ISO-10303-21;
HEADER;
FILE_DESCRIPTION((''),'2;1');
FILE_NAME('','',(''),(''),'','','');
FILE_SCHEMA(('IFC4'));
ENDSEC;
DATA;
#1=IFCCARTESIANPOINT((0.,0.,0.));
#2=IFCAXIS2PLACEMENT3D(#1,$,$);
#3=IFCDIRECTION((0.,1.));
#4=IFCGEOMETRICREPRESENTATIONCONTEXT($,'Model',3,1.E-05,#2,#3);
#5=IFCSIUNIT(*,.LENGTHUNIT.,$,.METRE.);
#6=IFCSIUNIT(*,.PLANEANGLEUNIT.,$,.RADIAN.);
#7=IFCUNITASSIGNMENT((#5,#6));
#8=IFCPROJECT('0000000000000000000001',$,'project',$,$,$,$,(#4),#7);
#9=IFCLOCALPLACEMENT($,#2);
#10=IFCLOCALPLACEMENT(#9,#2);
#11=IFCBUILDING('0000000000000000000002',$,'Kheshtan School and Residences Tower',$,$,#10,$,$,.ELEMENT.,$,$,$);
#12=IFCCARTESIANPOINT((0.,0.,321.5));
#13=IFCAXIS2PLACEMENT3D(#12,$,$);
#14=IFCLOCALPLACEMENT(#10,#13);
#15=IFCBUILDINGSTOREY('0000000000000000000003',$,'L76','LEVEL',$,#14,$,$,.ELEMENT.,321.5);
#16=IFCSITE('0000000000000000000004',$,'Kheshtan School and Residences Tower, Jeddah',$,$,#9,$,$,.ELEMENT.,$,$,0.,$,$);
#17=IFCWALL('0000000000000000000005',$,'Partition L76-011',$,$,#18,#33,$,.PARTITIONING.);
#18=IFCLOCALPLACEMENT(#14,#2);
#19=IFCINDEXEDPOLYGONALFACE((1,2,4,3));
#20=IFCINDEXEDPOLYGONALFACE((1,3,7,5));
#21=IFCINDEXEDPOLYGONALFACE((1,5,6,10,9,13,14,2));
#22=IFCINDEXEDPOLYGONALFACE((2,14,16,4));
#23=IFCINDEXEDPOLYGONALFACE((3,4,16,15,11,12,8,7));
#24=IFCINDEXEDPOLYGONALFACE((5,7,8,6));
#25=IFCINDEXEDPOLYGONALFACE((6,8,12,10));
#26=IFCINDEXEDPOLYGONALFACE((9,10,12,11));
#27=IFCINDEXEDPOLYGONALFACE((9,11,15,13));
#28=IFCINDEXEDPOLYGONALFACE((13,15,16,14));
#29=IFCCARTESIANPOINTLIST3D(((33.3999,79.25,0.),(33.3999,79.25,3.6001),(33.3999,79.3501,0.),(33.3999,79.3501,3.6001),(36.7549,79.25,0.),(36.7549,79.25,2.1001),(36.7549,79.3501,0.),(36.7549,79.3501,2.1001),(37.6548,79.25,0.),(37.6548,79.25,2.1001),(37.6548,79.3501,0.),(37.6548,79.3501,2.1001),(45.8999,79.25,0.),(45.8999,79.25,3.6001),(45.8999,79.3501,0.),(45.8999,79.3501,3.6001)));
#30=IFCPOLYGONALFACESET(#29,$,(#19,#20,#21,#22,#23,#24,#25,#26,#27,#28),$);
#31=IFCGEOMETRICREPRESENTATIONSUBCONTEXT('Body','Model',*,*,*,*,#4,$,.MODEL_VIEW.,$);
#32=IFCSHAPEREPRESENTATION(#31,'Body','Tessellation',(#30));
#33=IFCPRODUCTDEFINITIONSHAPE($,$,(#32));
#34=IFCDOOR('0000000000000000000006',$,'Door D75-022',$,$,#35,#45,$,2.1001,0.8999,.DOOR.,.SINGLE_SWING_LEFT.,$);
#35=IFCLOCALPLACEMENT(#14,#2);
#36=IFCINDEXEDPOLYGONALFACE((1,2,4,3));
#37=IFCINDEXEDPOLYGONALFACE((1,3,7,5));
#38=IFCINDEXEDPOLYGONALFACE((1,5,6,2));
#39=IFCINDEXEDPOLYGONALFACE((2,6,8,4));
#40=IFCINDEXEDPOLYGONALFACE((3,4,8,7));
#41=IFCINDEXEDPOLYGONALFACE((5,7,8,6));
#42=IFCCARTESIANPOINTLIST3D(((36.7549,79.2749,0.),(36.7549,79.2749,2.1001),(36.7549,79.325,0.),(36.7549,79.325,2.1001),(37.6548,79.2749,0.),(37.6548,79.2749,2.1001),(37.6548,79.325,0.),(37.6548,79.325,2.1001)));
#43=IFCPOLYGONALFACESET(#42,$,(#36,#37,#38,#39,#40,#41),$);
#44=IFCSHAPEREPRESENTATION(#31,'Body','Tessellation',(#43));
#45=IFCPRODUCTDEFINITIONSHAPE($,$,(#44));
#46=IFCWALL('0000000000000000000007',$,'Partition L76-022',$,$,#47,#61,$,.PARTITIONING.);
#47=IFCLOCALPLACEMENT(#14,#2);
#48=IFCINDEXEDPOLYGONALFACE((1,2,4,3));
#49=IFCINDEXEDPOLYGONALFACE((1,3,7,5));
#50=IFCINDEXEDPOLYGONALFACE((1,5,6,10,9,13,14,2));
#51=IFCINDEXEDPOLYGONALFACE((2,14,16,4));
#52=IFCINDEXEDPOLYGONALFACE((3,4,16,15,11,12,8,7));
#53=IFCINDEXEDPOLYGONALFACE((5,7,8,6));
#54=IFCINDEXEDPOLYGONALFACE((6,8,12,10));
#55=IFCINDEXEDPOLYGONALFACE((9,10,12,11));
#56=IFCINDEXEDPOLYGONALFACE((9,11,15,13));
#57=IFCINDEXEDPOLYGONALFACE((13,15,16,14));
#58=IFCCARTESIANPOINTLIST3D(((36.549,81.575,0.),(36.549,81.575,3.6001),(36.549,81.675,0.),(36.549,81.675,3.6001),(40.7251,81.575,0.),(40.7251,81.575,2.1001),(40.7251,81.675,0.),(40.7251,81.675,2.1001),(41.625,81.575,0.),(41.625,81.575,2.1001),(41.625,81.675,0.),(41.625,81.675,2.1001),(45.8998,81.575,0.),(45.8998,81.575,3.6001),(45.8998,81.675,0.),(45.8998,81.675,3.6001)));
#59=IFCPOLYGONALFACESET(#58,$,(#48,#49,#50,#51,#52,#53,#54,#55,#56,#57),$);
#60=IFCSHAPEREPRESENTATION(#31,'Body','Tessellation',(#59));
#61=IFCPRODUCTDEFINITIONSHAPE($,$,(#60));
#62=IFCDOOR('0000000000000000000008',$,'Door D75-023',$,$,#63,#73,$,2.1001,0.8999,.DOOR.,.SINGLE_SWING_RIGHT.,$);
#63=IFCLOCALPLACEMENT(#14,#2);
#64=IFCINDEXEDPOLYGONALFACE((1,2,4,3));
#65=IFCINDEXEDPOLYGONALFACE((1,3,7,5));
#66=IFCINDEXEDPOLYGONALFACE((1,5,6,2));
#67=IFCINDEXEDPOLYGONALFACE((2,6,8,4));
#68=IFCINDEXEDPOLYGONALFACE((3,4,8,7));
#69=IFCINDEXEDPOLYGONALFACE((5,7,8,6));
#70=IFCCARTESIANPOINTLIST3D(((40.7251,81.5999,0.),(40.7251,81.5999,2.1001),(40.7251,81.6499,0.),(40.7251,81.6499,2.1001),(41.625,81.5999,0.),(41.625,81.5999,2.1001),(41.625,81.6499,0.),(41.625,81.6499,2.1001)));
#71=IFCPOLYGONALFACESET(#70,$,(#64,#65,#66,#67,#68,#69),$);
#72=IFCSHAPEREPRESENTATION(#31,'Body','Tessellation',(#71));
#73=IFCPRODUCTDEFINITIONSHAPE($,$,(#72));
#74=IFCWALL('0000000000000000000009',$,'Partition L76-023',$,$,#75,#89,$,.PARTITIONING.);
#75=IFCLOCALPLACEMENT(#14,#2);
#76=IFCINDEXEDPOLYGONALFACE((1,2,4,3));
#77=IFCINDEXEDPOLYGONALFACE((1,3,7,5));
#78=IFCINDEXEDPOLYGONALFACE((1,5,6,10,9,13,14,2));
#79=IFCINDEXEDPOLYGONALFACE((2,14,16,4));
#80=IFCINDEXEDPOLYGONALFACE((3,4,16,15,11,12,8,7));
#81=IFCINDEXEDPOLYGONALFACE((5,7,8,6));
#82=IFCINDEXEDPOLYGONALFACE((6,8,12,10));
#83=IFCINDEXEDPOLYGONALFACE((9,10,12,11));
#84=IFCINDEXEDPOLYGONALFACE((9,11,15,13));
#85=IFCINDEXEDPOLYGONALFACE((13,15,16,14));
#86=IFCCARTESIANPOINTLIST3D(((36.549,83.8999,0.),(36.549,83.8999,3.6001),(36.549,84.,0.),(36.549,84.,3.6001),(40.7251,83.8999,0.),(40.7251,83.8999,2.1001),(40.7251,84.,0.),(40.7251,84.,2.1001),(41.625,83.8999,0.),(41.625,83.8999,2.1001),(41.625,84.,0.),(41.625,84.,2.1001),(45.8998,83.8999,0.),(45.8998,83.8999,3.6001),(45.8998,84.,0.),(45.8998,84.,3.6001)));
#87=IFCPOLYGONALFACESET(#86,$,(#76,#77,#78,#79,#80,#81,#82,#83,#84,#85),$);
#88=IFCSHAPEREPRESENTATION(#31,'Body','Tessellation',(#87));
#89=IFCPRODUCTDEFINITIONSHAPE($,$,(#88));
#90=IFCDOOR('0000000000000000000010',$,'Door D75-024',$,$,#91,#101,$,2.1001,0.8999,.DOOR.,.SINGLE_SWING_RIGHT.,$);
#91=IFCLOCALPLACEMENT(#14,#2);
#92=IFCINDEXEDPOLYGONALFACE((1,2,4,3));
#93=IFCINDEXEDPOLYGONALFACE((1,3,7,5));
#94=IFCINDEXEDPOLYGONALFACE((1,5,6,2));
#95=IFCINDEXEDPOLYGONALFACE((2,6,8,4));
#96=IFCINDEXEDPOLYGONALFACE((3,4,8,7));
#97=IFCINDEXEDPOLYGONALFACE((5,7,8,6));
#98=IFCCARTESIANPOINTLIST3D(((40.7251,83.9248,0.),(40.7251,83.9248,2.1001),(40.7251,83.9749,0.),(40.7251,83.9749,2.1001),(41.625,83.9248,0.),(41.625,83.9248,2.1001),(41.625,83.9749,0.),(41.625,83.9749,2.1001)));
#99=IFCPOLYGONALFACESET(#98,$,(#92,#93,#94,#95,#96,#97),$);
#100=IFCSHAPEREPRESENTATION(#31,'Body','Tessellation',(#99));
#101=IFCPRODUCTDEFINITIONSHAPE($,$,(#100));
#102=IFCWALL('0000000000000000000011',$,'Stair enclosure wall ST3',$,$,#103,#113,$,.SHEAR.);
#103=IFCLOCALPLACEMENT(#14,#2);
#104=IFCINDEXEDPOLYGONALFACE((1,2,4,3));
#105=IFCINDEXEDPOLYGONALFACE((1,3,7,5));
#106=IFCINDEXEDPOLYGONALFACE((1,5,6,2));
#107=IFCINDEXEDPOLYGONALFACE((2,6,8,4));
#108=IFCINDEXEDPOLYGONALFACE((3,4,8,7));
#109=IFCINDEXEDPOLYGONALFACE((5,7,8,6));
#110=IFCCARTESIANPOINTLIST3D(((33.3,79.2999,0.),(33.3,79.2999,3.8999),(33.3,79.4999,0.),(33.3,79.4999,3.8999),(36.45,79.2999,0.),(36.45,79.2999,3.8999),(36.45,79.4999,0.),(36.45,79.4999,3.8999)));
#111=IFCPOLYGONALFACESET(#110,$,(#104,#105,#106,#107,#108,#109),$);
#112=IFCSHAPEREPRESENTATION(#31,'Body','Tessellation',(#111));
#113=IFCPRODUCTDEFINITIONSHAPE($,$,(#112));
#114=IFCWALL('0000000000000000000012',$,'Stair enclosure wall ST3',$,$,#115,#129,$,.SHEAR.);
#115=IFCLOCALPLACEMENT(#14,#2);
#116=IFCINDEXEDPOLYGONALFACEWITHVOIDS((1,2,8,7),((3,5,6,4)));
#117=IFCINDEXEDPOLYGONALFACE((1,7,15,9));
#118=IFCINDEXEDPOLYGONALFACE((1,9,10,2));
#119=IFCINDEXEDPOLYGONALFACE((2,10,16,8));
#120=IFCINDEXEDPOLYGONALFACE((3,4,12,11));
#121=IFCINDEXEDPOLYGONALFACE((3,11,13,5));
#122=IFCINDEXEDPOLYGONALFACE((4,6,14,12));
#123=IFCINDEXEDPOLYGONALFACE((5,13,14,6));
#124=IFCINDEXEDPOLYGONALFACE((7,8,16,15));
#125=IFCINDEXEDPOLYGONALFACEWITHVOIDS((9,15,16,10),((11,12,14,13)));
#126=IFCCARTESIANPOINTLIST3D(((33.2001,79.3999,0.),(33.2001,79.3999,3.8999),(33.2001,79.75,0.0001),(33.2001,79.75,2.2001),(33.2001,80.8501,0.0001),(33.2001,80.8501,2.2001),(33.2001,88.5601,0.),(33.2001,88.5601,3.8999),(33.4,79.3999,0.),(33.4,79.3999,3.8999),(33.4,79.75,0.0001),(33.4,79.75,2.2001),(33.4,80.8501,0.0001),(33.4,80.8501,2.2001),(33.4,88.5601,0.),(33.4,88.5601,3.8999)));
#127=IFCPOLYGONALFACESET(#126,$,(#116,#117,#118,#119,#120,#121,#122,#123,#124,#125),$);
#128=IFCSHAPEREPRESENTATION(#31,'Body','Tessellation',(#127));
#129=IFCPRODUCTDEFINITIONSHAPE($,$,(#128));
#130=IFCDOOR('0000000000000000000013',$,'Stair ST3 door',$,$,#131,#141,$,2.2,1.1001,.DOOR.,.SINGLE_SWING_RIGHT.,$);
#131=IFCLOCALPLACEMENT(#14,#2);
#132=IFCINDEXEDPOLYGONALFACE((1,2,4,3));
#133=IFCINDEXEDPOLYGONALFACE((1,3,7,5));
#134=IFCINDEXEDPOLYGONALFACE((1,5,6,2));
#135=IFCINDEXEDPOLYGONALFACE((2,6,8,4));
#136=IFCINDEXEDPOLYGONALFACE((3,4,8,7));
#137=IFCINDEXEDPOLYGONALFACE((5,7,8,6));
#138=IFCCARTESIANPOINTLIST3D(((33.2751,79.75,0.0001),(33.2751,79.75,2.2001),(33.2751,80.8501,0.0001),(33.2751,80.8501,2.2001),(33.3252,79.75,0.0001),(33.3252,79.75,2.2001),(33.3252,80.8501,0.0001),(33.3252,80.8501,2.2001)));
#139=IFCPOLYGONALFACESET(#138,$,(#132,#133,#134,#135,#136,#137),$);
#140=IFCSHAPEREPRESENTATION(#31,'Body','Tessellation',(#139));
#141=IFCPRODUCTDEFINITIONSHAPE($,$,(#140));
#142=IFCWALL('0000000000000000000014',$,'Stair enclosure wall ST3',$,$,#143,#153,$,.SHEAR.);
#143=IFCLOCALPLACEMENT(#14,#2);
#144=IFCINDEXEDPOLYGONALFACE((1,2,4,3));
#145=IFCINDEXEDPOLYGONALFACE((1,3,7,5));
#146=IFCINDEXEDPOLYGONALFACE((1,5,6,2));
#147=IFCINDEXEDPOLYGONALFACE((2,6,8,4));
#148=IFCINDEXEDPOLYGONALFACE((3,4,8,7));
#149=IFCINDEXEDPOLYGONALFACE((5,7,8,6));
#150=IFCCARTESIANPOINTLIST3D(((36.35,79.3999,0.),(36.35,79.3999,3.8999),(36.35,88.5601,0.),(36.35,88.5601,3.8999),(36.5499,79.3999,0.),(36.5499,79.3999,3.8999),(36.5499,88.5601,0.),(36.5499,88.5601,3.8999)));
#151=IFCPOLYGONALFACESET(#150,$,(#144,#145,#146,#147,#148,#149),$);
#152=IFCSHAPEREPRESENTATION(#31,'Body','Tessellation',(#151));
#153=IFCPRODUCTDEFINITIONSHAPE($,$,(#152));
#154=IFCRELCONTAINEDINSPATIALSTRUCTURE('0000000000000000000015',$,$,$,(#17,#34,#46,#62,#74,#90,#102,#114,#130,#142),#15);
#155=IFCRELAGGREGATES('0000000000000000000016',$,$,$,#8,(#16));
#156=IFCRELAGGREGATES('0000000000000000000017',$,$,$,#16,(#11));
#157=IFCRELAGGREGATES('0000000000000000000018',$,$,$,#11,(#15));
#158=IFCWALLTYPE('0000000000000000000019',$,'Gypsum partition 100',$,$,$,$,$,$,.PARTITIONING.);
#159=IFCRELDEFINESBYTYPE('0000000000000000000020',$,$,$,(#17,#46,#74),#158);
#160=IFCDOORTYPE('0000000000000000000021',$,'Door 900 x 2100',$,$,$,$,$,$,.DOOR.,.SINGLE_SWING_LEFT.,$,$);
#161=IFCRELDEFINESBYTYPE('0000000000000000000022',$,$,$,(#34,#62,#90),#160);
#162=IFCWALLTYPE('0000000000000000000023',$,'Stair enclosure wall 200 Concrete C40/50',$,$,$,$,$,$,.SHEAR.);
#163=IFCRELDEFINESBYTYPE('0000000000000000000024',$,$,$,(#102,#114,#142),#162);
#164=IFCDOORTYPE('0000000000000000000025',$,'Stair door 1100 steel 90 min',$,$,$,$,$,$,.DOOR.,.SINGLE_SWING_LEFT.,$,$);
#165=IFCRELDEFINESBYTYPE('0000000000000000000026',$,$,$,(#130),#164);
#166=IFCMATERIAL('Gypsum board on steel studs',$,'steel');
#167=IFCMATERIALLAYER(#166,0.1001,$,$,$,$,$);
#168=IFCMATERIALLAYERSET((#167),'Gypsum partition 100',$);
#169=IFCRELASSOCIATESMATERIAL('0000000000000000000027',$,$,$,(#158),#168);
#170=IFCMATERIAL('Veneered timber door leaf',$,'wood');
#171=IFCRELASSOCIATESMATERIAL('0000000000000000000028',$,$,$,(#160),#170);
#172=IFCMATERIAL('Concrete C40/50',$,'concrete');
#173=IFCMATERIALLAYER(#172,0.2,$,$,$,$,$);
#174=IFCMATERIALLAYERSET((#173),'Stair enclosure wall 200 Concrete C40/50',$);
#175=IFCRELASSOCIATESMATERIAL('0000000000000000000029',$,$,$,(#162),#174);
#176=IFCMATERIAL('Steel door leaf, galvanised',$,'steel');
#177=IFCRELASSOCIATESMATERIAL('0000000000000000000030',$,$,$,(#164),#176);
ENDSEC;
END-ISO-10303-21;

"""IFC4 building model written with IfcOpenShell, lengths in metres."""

from ifc_helpers import new_model, si_unit, direction, frame, frame_2d, origin, place, context, subcontext, project, spatial, rectangle, extrude, source, transform, mapped, material, layer, layer_set, type_object, element, fill, save


model = new_model("IFC4")

# Units and contexts
model_context = context("Model", 3, precision=1e-05, world=origin(), true_north=direction((0.0, 1.0)))
body_context = subcontext(model_context, "Body", "Model", "MODEL_VIEW")
ifc_project = project(units=[si_unit("LENGTHUNIT", "METRE"), si_unit("PLANEANGLEUNIT", "RADIAN")], contexts=[model_context])

# Site, building, storey
site_placement = place(None, origin())
site = spatial("IfcSite", under=ifc_project, at=site_placement, Name="Kheshtan School and Residences Tower, Jeddah", CompositionType="ELEMENT", RefElevation=0.0)
building_placement = place(site_placement, origin())
building = spatial("IfcBuilding", under=site, at=building_placement, Name="Kheshtan School and Residences Tower", CompositionType="ELEMENT")
storey_placement = place(building_placement, frame((0.0, 0.0, 321.5)))
storey = spatial("IfcBuildingStorey", under=building, at=storey_placement, Name="L76", Description="LEVEL", CompositionType="ELEMENT", Elevation=321.5)

# Walls, openings, doors
ifc_material_1 = material(Name="Gypsum board on steel studs", Category="steel")
ifc_layer_1 = layer(ifc_material_1, 0.1001)
ifc_layer_set_1 = layer_set([ifc_layer_1], Name="Gypsum partition 100")
wall_type_1 = type_object("IfcWallType", Name="Gypsum partition 100", PredefinedType="PARTITIONING", material=ifc_layer_set_1)
wall_1_placement = place(storey_placement, frame((33.3999, 79.3, 0.0), z_axis=(0.0, 0.0, 1.0), x_axis=(1.0, 0.0, 0.0)))
wall_1 = element("IfcWall", 1, at=wall_1_placement, inside=storey, type_object=wall_type_1, Name="Partition L76-011", PredefinedType="PARTITIONING", context=body_context, shape_type="SweptSolid", body=[
    extrude(rectangle(XDim=12.5, YDim=0.1001, at=frame_2d((6.25, 0.0))), origin(), (0.0, 0.0, 1.0), 3.6001),
])
opening_1_placement = place(wall_1_placement, frame((3.355, 0.0, 0.0)))
opening_1 = element("IfcOpeningElement", 2, at=opening_1_placement, cuts=wall_1, PredefinedType="OPENING", context=body_context, shape_type="SweptSolid", body=[
    extrude(rectangle(XDim=0.8999, YDim=2.1001, at=frame_2d((0.45, 1.05))), frame((0.0, 0.0601, 0.0), z_axis=(0.0, -1.0, 0.0), x_axis=(1.0, 0.0, 0.0)), (0.0, 0.0, 1.0), 0.1201),
])
ifc_material_2 = material(Name="Veneered timber door leaf", Category="wood")
door_type_1 = type_object("IfcDoorType", Name="Door 900 x 2100", OperationType="SINGLE_SWING_LEFT", PredefinedType="DOOR", material=ifc_material_2)
shared_shape_1 = source(origin(), body_context, "Body", "SweptSolid", [
    extrude(rectangle(XDim=0.8999, YDim=2.1001, at=frame_2d((0.45, 1.05))), frame((0.0, 0.0249, 0.0), z_axis=(0.0, -1.0, 0.0), x_axis=(1.0, 0.0, 0.0)), (0.0, 0.0, 1.0), 0.05),
])
door_1_placement = place(opening_1_placement, origin())
door_1 = element("IfcDoor", 3, at=door_1_placement, inside=storey, type_object=door_type_1, Name="Door D75-022", OperationType="SINGLE_SWING_LEFT", OverallHeight=2.1001, OverallWidth=0.8999, PredefinedType="DOOR", context=body_context, shape_type="MappedRepresentation", body=[
    mapped(shared_shape_1, transform((0.0, 0.0, 0.0), x_axis=(1.0, 0.0, 0.0), y_axis=(0.0, 1.0, 0.0), z_axis=(0.0, 0.0, 1.0), scale=1.0)),
])
fill(opening_1, door_1)
wall_2_placement = place(storey_placement, frame((36.5491, 81.625, 0.0), z_axis=(0.0, 0.0, 1.0), x_axis=(1.0, 0.0, 0.0)))
wall_2 = element("IfcWall", 4, at=wall_2_placement, inside=storey, type_object=wall_type_1, Name="Partition L76-022", PredefinedType="PARTITIONING", context=body_context, shape_type="SweptSolid", body=[
    extrude(rectangle(XDim=9.3508, YDim=0.1001, at=frame_2d((4.6753, 0.0))), origin(), (0.0, 0.0, 1.0), 3.6001),
])
opening_2_placement = place(wall_2_placement, frame((4.176, 0.0, 0.0)))
opening_2 = element("IfcOpeningElement", 5, at=opening_2_placement, cuts=wall_2, PredefinedType="OPENING", context=body_context, shape_type="SweptSolid", body=[
    extrude(rectangle(XDim=0.8999, YDim=2.1001, at=frame_2d((0.45, 1.05))), frame((0.0, 0.0601, 0.0), z_axis=(0.0, -1.0, 0.0), x_axis=(1.0, 0.0, 0.0)), (0.0, 0.0, 1.0), 0.1201),
])
door_2_placement = place(opening_2_placement, origin())
door_2 = element("IfcDoor", 6, at=door_2_placement, inside=storey, type_object=door_type_1, Name="Door D75-023", OperationType="SINGLE_SWING_RIGHT", OverallHeight=2.1001, OverallWidth=0.8999, PredefinedType="DOOR", context=body_context, shape_type="MappedRepresentation", body=[
    mapped(shared_shape_1, transform((0.0, 0.0, 0.0), x_axis=(1.0, 0.0, 0.0), y_axis=(0.0, 1.0, 0.0), z_axis=(0.0, 0.0, 1.0), scale=1.0)),
])
fill(opening_2, door_2)
wall_3_placement = place(storey_placement, frame((36.5491, 83.95, 0.0), z_axis=(0.0, 0.0, 1.0), x_axis=(1.0, 0.0, 0.0)))
wall_3 = element("IfcWall", 7, at=wall_3_placement, inside=storey, type_object=wall_type_1, Name="Partition L76-023", PredefinedType="PARTITIONING", context=body_context, shape_type="SweptSolid", body=[
    extrude(rectangle(XDim=9.3508, YDim=0.1001, at=frame_2d((4.6753, 0.0))), origin(), (0.0, 0.0, 1.0), 3.6001),
])
opening_3_placement = place(wall_3_placement, frame((4.176, 0.0, 0.0)))
opening_3 = element("IfcOpeningElement", 8, at=opening_3_placement, cuts=wall_3, PredefinedType="OPENING", context=body_context, shape_type="SweptSolid", body=[
    extrude(rectangle(XDim=0.8999, YDim=2.1001, at=frame_2d((0.45, 1.05))), frame((0.0, 0.0601, 0.0), z_axis=(0.0, -1.0, 0.0), x_axis=(1.0, 0.0, 0.0)), (0.0, 0.0, 1.0), 0.1201),
])
door_3_placement = place(opening_3_placement, origin())
door_3 = element("IfcDoor", 9, at=door_3_placement, inside=storey, type_object=door_type_1, Name="Door D75-024", OperationType="SINGLE_SWING_RIGHT", OverallHeight=2.1001, OverallWidth=0.8999, PredefinedType="DOOR", context=body_context, shape_type="MappedRepresentation", body=[
    mapped(shared_shape_1, transform((0.0, 0.0, 0.0), x_axis=(1.0, 0.0, 0.0), y_axis=(0.0, 1.0, 0.0), z_axis=(0.0, 0.0, 1.0), scale=1.0)),
])
fill(opening_3, door_3)

# Wall
ifc_material_3 = material(Name="Concrete C40/50", Category="concrete")
ifc_layer_2 = layer(ifc_material_3, 0.2)
ifc_layer_set_2 = layer_set([ifc_layer_2], Name="Stair enclosure wall 200 Concrete C40/50")
wall_type_2 = type_object("IfcWallType", Name="Stair enclosure wall 200 Concrete C40/50", PredefinedType="SHEAR", material=ifc_layer_set_2)
wall_4_placement = place(storey_placement, frame((33.3, 79.3999, 0.0), z_axis=(0.0, 0.0, 1.0), x_axis=(1.0, 0.0, 0.0)))
element("IfcWall", 10, at=wall_4_placement, inside=storey, type_object=wall_type_2, Name="Stair enclosure wall ST3", PredefinedType="SHEAR", context=body_context, shape_type="SweptSolid", body=[
    extrude(rectangle(XDim=3.1499, YDim=0.2, at=frame_2d((1.575, 0.0))), origin(), (0.0, 0.0, 1.0), 3.8999),
])

# Wall, opening, door
wall_5_placement = place(storey_placement, frame((33.3, 79.3999, 0.0), z_axis=(0.0, 0.0, 1.0), x_axis=(0.0, 1.0, 0.0)))
wall_5 = element("IfcWall", 11, at=wall_5_placement, inside=storey, type_object=wall_type_2, Name="Stair enclosure wall ST3", PredefinedType="SHEAR", context=body_context, shape_type="SweptSolid", body=[
    extrude(rectangle(XDim=9.1602, YDim=0.2, at=frame_2d((4.5801, 0.0))), origin(), (0.0, 0.0, 1.0), 3.8999),
])
opening_4_placement = place(wall_5_placement, frame((0.3501, 0.0, 0.0)))
opening_4 = element("IfcOpeningElement", 12, at=opening_4_placement, cuts=wall_5, PredefinedType="OPENING", context=body_context, shape_type="SweptSolid", body=[
    extrude(rectangle(XDim=1.1001, YDim=2.2, at=frame_2d((0.55, 1.1001))), frame((0.0, 0.1099, 0.0), z_axis=(0.0, -1.0, 0.0), x_axis=(1.0, 0.0, 0.0)), (0.0, 0.0, 1.0), 0.22),
])
ifc_material_4 = material(Name="Steel door leaf, galvanised", Category="steel")
door_type_2 = type_object("IfcDoorType", Name="Stair door 1100 steel 90 min", OperationType="SINGLE_SWING_LEFT", PredefinedType="DOOR", material=ifc_material_4)
shared_shape_2 = source(origin(), body_context, "Body", "SweptSolid", [
    extrude(rectangle(XDim=1.1001, YDim=2.2, at=frame_2d((0.55, 1.1001))), frame((0.0, 0.0249, 0.0), z_axis=(0.0, -1.0, 0.0), x_axis=(1.0, 0.0, 0.0)), (0.0, 0.0, 1.0), 0.05),
])
door_4_placement = place(opening_4_placement, origin())
door_4 = element("IfcDoor", 13, at=door_4_placement, inside=storey, type_object=door_type_2, Name="Stair ST3 door", OperationType="SINGLE_SWING_RIGHT", OverallHeight=2.2, OverallWidth=1.1001, PredefinedType="DOOR", context=body_context, shape_type="MappedRepresentation", body=[
    mapped(shared_shape_2, transform((0.0, 0.0, 0.0), x_axis=(1.0, 0.0, 0.0), y_axis=(0.0, 1.0, 0.0), z_axis=(0.0, 0.0, 1.0), scale=1.0)),
])
fill(opening_4, door_4)

# Wall
wall_6_placement = place(storey_placement, frame((36.45, 79.3999, 0.0), z_axis=(0.0, 0.0, 1.0), x_axis=(0.0, 1.0, 0.0)))
element("IfcWall", 14, at=wall_6_placement, inside=storey, type_object=wall_type_2, Name="Stair enclosure wall ST3", PredefinedType="SHEAR", context=body_context, shape_type="SweptSolid", body=[
    extrude(rectangle(XDim=9.1602, YDim=0.2, at=frame_2d((4.5801, 0.0))), origin(), (0.0, 0.0, 1.0), 3.8999),
])

save(model, "model.ifc")
